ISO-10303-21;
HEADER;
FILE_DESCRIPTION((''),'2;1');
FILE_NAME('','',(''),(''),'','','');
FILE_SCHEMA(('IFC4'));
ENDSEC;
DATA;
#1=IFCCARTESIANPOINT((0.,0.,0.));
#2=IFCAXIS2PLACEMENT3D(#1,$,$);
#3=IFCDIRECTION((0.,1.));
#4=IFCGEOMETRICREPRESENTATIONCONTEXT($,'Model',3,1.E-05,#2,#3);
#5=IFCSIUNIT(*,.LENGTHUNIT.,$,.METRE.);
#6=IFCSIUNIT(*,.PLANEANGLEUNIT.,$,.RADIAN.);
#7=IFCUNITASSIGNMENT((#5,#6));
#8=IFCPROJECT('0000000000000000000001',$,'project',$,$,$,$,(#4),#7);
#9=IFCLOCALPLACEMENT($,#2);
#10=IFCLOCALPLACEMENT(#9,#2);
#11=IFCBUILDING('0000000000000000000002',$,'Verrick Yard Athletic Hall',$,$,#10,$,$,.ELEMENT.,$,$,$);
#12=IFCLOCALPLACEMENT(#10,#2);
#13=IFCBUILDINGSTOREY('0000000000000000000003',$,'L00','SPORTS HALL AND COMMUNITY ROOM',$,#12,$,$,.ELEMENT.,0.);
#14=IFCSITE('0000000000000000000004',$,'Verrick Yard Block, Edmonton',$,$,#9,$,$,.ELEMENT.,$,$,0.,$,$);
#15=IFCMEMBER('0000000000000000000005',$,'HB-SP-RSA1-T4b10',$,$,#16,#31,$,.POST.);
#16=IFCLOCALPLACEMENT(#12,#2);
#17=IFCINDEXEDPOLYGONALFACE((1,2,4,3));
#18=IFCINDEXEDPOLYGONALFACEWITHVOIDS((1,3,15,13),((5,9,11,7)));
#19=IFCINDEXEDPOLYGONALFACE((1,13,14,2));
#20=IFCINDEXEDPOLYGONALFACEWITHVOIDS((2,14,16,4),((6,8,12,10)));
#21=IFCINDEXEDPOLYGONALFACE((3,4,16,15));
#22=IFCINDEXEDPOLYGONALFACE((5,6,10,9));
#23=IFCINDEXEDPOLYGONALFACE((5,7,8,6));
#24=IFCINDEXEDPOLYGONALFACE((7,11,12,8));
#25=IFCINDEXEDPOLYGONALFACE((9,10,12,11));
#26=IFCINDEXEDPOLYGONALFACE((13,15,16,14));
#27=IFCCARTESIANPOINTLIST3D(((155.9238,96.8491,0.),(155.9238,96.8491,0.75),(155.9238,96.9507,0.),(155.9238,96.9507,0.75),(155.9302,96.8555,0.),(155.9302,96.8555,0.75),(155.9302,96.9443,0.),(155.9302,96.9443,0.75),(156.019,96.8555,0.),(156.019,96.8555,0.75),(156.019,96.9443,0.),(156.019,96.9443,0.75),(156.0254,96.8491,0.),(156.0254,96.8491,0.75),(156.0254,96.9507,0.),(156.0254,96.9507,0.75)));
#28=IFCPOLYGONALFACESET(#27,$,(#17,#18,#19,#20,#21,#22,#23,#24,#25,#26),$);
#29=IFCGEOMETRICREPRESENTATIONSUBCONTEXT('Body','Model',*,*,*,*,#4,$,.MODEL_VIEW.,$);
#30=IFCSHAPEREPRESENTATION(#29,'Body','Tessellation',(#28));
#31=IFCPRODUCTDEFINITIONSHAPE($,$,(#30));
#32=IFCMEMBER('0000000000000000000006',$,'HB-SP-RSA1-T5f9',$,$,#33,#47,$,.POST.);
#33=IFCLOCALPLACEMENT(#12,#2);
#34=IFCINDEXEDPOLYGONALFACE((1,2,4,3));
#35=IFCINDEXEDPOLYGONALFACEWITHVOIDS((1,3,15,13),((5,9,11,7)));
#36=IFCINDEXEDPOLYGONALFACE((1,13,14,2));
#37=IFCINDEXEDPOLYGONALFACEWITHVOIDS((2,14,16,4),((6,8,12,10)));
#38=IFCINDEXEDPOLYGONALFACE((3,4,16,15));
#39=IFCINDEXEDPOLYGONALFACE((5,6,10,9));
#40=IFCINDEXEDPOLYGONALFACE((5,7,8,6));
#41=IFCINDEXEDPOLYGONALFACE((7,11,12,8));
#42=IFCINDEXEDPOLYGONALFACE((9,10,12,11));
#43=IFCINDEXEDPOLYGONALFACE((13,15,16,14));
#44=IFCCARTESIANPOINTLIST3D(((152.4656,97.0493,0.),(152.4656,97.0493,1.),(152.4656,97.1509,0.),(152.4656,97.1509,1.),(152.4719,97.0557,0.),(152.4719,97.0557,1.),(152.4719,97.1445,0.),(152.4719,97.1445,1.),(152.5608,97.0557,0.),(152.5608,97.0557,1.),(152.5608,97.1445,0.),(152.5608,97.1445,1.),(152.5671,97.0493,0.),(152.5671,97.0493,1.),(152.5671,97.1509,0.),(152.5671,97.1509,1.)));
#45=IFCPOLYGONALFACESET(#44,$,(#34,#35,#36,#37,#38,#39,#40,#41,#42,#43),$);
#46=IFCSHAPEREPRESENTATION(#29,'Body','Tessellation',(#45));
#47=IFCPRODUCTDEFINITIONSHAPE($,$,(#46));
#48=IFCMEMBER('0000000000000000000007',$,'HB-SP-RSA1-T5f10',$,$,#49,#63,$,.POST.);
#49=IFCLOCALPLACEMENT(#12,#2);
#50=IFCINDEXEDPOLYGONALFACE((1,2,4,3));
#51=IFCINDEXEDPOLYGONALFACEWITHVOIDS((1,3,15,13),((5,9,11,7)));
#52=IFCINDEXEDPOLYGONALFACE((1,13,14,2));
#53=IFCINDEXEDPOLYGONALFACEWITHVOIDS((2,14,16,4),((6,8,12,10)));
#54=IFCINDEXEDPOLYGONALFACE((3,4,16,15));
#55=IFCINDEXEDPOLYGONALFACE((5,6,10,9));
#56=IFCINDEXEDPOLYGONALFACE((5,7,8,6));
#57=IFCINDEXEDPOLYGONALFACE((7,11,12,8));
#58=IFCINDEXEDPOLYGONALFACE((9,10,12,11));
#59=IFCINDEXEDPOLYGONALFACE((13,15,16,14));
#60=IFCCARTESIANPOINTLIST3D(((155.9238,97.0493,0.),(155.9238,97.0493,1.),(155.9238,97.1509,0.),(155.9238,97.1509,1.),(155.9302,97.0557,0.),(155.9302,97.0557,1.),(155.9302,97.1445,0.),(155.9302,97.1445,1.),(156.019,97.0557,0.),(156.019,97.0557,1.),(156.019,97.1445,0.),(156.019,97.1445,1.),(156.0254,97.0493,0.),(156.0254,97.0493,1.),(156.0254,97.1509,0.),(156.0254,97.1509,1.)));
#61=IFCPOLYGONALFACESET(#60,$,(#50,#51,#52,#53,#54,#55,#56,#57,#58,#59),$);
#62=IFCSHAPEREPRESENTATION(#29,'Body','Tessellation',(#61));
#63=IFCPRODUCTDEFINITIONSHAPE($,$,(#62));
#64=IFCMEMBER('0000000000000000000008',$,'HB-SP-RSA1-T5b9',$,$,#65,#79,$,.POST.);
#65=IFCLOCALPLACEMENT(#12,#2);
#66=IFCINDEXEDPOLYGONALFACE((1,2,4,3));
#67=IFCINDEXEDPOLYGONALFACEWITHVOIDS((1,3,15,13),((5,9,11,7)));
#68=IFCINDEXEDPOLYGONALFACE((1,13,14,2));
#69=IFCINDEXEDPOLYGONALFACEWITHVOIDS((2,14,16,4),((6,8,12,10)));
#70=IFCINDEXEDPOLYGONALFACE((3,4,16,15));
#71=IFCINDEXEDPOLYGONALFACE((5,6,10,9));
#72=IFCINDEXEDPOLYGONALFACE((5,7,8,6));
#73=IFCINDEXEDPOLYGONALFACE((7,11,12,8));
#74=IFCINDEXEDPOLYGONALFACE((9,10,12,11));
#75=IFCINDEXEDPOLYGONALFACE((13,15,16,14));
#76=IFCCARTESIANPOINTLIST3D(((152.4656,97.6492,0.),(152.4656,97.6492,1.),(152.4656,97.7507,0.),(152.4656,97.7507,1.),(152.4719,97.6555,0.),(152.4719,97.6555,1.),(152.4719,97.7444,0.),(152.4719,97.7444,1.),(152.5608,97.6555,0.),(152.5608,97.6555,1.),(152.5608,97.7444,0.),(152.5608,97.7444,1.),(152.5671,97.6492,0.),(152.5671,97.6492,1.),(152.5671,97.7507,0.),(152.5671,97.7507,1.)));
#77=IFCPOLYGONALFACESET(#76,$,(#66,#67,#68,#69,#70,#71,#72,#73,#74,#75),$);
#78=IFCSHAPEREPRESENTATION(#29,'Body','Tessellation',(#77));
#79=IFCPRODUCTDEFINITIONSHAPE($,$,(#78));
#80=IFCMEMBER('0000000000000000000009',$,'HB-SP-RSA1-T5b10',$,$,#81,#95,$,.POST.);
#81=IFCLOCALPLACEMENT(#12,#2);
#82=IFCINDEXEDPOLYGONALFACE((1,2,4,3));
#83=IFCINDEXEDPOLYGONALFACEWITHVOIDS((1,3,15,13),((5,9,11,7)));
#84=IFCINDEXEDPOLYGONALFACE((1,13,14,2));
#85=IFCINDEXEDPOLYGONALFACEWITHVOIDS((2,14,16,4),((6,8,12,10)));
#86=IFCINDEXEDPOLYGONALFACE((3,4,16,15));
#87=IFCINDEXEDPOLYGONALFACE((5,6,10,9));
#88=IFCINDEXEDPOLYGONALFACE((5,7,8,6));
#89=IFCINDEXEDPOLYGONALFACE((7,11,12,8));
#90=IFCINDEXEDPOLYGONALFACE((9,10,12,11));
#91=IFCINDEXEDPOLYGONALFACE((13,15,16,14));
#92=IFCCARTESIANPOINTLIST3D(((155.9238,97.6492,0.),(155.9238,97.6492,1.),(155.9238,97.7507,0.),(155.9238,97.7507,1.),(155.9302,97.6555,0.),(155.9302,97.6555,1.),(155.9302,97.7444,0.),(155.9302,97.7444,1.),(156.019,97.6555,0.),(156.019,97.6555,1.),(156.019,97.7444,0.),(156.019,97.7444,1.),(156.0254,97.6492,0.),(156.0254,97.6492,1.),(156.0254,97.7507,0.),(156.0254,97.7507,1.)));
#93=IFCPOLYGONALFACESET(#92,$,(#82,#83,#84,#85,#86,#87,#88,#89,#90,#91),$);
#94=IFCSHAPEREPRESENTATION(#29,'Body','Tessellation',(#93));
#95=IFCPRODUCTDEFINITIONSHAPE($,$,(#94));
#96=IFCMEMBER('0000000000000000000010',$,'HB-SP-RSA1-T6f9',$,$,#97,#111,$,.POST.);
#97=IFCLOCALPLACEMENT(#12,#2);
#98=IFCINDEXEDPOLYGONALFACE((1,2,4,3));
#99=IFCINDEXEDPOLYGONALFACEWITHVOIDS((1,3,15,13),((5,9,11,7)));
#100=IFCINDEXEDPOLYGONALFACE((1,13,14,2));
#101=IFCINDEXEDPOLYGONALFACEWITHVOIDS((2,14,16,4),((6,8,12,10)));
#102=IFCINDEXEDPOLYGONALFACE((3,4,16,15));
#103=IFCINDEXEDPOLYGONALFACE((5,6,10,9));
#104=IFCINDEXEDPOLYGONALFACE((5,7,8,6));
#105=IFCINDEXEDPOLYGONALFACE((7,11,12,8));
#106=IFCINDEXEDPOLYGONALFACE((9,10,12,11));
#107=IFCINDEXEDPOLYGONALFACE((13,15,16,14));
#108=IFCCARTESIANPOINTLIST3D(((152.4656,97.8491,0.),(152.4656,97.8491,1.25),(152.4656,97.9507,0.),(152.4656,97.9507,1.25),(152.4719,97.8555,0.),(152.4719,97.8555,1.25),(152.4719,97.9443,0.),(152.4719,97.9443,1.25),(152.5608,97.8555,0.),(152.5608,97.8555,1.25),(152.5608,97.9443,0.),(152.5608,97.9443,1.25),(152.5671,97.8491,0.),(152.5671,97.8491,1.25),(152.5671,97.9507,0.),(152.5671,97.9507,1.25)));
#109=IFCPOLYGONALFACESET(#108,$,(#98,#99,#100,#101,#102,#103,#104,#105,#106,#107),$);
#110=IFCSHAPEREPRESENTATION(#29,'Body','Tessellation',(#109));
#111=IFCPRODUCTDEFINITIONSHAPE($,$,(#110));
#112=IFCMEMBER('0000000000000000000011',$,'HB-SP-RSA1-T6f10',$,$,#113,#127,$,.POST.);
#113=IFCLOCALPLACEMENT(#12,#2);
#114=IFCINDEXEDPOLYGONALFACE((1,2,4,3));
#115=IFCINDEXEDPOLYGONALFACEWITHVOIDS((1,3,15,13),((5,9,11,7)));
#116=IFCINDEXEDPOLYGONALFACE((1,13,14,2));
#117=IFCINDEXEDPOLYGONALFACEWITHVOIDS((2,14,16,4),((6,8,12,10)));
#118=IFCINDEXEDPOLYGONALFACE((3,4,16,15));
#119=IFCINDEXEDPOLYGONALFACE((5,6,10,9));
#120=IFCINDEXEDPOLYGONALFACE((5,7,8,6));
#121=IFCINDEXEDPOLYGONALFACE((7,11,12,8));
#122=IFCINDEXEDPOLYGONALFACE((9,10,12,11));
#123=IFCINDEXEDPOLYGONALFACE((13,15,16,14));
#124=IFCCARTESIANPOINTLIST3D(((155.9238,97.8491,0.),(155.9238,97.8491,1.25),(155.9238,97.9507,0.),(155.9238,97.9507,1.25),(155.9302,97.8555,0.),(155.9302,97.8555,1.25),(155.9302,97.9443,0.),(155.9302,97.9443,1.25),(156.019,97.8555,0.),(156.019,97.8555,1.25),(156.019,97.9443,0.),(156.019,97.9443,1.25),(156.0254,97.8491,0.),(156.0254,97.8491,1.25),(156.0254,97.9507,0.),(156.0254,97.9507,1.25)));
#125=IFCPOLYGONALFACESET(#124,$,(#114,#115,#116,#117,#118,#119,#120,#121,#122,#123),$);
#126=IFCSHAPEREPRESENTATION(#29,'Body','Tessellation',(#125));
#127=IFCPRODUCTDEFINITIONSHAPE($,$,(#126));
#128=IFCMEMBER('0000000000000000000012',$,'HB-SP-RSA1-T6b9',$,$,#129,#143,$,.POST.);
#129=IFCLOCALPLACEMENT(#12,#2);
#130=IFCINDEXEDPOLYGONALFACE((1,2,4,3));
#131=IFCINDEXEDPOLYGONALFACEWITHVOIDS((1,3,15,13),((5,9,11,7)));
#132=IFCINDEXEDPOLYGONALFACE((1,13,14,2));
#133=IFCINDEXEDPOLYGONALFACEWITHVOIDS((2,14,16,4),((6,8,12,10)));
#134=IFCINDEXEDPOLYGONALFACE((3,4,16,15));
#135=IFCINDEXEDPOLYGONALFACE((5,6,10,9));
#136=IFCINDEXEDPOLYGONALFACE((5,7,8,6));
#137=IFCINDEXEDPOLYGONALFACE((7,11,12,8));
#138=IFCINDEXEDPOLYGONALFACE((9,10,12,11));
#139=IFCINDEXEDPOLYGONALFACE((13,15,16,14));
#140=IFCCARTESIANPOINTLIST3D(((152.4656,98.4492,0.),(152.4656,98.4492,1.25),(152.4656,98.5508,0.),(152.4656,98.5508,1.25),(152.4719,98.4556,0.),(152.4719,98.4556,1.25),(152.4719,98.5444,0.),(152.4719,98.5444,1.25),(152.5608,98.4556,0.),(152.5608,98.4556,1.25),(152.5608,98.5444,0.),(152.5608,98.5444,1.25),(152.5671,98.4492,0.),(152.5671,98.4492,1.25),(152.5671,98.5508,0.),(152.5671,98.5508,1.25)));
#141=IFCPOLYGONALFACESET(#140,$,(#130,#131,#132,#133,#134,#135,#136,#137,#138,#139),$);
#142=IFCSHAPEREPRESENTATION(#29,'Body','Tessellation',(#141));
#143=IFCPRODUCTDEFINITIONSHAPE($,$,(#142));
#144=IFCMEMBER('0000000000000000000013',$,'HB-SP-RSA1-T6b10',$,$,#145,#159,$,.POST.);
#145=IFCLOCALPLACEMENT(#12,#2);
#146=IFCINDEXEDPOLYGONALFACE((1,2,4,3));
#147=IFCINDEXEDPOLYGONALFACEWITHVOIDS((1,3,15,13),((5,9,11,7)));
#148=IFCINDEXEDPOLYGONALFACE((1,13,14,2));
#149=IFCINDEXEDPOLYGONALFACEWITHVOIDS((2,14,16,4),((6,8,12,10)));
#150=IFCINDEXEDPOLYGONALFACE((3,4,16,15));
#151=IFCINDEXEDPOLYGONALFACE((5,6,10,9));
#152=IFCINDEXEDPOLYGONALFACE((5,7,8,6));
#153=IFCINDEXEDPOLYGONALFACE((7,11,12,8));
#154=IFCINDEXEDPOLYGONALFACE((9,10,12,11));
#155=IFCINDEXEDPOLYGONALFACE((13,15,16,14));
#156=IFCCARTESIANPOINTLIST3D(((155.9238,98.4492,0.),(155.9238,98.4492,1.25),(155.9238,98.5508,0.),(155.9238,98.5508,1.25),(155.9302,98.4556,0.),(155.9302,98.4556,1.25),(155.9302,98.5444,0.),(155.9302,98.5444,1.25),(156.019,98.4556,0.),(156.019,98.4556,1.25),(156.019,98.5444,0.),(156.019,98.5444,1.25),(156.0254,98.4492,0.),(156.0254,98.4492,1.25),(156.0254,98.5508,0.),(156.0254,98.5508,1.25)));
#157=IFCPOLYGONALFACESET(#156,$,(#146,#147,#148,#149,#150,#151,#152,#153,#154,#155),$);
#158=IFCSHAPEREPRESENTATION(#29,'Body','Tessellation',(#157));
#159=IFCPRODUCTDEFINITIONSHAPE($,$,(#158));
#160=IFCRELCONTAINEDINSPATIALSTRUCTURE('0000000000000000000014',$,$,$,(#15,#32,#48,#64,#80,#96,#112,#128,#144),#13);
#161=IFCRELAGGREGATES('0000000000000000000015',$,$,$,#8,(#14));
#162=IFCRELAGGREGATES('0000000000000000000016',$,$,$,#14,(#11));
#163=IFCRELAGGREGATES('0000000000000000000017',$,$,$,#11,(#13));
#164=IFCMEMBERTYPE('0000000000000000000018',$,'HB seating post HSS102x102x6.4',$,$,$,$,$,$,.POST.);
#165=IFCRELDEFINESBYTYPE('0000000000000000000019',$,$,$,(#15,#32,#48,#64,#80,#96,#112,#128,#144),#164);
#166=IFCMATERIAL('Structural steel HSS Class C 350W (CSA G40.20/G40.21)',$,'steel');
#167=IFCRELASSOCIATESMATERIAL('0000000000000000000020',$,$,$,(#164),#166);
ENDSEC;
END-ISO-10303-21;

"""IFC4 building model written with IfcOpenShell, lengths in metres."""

from ifc_helpers import new_model, si_unit, direction, frame, origin, origin_2d, place, context, subcontext, project, spatial, hollow_rectangle, extrude, material, material_profile, profile_set, type_object, element, save


model = new_model("IFC4")

# Units and contexts
model_context = context("Model", 3, precision=1e-05, world=origin(), true_north=direction((0.0, 1.0)))
body_context = subcontext(model_context, "Body", "Model", "MODEL_VIEW")
ifc_project = project(units=[si_unit("LENGTHUNIT", "METRE"), si_unit("PLANEANGLEUNIT", "RADIAN")], contexts=[model_context])

# Site, building, storey
site_placement = place(None, origin())
site = spatial("IfcSite", under=ifc_project, at=site_placement, Name="Verrick Yard Block, Edmonton", CompositionType="ELEMENT", RefElevation=0.0)
building_placement = place(site_placement, origin())
building = spatial("IfcBuilding", under=site, at=building_placement, Name="Verrick Yard Athletic Hall", CompositionType="ELEMENT")
storey_placement = place(building_placement, origin())
storey = spatial("IfcBuildingStorey", under=building, at=storey_placement, Name="L00", Description="SPORTS HALL AND COMMUNITY ROOM", CompositionType="ELEMENT", Elevation=0.0)

# Members
ifc_material = material(Name="Structural steel HSS Class C 350W (CSA G40.20/G40.21)", Category="steel")
ifc_material_profile = material_profile(ifc_material, hollow_rectangle(XDim=0.1016, YDim=0.1016, WallThickness=0.0063, at=origin_2d()), Name="HSS102x102x6.4")
ifc_profile_set = profile_set([ifc_material_profile], Name="Structural steel HSS Class C 350W (CSA G40.20/G40.21)")
member_type = type_object("IfcMemberType", Name="HB seating post HSS102x102x6.4", PredefinedType="POST", material=ifc_profile_set)
for number, where, z_axis, x_axis, name in (
    (1, (155.9746, 96.8999, 0.0), (0.0, 0.0, 1.0), (0.0, 1.0, 0.0), "HB-SP-RSA1-T4b10"),
):
    element("IfcMember", number, at=place(storey_placement, frame(where, z_axis=z_axis, x_axis=x_axis)), inside=storey, type_object=member_type, Name=name, PredefinedType="POST", context=body_context, shape_type="SweptSolid", body=[
        extrude(hollow_rectangle(XDim=0.1016, YDim=0.1016, WallThickness=0.0063, at=origin_2d()), origin(), (0.0, 0.0, 1.0), 0.75),
    ])
for number, where, z_axis, x_axis, name in (
    (2, (152.5164, 97.1001, 0.0), (0.0, 0.0, 1.0), (0.0, 1.0, 0.0), "HB-SP-RSA1-T5f9"),
    (3, (155.9746, 97.1001, 0.0), (0.0, 0.0, 1.0), (0.0, 1.0, 0.0), "HB-SP-RSA1-T5f10"),
    (4, (152.5164, 97.7, 0.0), (0.0, 0.0, 1.0), (0.0, 1.0, 0.0), "HB-SP-RSA1-T5b9"),
    (5, (155.9746, 97.7, 0.0), (0.0, 0.0, 1.0), (0.0, 1.0, 0.0), "HB-SP-RSA1-T5b10"),
):
    element("IfcMember", number, at=place(storey_placement, frame(where, z_axis=z_axis, x_axis=x_axis)), inside=storey, type_object=member_type, Name=name, PredefinedType="POST", context=body_context, shape_type="SweptSolid", body=[
        extrude(hollow_rectangle(XDim=0.1016, YDim=0.1016, WallThickness=0.0063, at=origin_2d()), origin(), (0.0, 0.0, 1.0), 1.0),
    ])
for number, where, z_axis, x_axis, name in (
    (6, (152.5164, 97.8999, 0.0), (0.0, 0.0, 1.0), (0.0, 1.0, 0.0), "HB-SP-RSA1-T6f9"),
    (7, (155.9746, 97.8999, 0.0), (0.0, 0.0, 1.0), (0.0, 1.0, 0.0), "HB-SP-RSA1-T6f10"),
    (8, (152.5164, 98.5, 0.0), (0.0, 0.0, 1.0), (0.0, 1.0, 0.0), "HB-SP-RSA1-T6b9"),
    (9, (155.9746, 98.5, 0.0), (0.0, 0.0, 1.0), (0.0, 1.0, 0.0), "HB-SP-RSA1-T6b10"),
):
    element("IfcMember", number, at=place(storey_placement, frame(where, z_axis=z_axis, x_axis=x_axis)), inside=storey, type_object=member_type, Name=name, PredefinedType="POST", context=body_context, shape_type="SweptSolid", body=[
        extrude(hollow_rectangle(XDim=0.1016, YDim=0.1016, WallThickness=0.0063, at=origin_2d()), origin(), (0.0, 0.0, 1.0), 1.25),
    ])

save(model, "model.ifc")
